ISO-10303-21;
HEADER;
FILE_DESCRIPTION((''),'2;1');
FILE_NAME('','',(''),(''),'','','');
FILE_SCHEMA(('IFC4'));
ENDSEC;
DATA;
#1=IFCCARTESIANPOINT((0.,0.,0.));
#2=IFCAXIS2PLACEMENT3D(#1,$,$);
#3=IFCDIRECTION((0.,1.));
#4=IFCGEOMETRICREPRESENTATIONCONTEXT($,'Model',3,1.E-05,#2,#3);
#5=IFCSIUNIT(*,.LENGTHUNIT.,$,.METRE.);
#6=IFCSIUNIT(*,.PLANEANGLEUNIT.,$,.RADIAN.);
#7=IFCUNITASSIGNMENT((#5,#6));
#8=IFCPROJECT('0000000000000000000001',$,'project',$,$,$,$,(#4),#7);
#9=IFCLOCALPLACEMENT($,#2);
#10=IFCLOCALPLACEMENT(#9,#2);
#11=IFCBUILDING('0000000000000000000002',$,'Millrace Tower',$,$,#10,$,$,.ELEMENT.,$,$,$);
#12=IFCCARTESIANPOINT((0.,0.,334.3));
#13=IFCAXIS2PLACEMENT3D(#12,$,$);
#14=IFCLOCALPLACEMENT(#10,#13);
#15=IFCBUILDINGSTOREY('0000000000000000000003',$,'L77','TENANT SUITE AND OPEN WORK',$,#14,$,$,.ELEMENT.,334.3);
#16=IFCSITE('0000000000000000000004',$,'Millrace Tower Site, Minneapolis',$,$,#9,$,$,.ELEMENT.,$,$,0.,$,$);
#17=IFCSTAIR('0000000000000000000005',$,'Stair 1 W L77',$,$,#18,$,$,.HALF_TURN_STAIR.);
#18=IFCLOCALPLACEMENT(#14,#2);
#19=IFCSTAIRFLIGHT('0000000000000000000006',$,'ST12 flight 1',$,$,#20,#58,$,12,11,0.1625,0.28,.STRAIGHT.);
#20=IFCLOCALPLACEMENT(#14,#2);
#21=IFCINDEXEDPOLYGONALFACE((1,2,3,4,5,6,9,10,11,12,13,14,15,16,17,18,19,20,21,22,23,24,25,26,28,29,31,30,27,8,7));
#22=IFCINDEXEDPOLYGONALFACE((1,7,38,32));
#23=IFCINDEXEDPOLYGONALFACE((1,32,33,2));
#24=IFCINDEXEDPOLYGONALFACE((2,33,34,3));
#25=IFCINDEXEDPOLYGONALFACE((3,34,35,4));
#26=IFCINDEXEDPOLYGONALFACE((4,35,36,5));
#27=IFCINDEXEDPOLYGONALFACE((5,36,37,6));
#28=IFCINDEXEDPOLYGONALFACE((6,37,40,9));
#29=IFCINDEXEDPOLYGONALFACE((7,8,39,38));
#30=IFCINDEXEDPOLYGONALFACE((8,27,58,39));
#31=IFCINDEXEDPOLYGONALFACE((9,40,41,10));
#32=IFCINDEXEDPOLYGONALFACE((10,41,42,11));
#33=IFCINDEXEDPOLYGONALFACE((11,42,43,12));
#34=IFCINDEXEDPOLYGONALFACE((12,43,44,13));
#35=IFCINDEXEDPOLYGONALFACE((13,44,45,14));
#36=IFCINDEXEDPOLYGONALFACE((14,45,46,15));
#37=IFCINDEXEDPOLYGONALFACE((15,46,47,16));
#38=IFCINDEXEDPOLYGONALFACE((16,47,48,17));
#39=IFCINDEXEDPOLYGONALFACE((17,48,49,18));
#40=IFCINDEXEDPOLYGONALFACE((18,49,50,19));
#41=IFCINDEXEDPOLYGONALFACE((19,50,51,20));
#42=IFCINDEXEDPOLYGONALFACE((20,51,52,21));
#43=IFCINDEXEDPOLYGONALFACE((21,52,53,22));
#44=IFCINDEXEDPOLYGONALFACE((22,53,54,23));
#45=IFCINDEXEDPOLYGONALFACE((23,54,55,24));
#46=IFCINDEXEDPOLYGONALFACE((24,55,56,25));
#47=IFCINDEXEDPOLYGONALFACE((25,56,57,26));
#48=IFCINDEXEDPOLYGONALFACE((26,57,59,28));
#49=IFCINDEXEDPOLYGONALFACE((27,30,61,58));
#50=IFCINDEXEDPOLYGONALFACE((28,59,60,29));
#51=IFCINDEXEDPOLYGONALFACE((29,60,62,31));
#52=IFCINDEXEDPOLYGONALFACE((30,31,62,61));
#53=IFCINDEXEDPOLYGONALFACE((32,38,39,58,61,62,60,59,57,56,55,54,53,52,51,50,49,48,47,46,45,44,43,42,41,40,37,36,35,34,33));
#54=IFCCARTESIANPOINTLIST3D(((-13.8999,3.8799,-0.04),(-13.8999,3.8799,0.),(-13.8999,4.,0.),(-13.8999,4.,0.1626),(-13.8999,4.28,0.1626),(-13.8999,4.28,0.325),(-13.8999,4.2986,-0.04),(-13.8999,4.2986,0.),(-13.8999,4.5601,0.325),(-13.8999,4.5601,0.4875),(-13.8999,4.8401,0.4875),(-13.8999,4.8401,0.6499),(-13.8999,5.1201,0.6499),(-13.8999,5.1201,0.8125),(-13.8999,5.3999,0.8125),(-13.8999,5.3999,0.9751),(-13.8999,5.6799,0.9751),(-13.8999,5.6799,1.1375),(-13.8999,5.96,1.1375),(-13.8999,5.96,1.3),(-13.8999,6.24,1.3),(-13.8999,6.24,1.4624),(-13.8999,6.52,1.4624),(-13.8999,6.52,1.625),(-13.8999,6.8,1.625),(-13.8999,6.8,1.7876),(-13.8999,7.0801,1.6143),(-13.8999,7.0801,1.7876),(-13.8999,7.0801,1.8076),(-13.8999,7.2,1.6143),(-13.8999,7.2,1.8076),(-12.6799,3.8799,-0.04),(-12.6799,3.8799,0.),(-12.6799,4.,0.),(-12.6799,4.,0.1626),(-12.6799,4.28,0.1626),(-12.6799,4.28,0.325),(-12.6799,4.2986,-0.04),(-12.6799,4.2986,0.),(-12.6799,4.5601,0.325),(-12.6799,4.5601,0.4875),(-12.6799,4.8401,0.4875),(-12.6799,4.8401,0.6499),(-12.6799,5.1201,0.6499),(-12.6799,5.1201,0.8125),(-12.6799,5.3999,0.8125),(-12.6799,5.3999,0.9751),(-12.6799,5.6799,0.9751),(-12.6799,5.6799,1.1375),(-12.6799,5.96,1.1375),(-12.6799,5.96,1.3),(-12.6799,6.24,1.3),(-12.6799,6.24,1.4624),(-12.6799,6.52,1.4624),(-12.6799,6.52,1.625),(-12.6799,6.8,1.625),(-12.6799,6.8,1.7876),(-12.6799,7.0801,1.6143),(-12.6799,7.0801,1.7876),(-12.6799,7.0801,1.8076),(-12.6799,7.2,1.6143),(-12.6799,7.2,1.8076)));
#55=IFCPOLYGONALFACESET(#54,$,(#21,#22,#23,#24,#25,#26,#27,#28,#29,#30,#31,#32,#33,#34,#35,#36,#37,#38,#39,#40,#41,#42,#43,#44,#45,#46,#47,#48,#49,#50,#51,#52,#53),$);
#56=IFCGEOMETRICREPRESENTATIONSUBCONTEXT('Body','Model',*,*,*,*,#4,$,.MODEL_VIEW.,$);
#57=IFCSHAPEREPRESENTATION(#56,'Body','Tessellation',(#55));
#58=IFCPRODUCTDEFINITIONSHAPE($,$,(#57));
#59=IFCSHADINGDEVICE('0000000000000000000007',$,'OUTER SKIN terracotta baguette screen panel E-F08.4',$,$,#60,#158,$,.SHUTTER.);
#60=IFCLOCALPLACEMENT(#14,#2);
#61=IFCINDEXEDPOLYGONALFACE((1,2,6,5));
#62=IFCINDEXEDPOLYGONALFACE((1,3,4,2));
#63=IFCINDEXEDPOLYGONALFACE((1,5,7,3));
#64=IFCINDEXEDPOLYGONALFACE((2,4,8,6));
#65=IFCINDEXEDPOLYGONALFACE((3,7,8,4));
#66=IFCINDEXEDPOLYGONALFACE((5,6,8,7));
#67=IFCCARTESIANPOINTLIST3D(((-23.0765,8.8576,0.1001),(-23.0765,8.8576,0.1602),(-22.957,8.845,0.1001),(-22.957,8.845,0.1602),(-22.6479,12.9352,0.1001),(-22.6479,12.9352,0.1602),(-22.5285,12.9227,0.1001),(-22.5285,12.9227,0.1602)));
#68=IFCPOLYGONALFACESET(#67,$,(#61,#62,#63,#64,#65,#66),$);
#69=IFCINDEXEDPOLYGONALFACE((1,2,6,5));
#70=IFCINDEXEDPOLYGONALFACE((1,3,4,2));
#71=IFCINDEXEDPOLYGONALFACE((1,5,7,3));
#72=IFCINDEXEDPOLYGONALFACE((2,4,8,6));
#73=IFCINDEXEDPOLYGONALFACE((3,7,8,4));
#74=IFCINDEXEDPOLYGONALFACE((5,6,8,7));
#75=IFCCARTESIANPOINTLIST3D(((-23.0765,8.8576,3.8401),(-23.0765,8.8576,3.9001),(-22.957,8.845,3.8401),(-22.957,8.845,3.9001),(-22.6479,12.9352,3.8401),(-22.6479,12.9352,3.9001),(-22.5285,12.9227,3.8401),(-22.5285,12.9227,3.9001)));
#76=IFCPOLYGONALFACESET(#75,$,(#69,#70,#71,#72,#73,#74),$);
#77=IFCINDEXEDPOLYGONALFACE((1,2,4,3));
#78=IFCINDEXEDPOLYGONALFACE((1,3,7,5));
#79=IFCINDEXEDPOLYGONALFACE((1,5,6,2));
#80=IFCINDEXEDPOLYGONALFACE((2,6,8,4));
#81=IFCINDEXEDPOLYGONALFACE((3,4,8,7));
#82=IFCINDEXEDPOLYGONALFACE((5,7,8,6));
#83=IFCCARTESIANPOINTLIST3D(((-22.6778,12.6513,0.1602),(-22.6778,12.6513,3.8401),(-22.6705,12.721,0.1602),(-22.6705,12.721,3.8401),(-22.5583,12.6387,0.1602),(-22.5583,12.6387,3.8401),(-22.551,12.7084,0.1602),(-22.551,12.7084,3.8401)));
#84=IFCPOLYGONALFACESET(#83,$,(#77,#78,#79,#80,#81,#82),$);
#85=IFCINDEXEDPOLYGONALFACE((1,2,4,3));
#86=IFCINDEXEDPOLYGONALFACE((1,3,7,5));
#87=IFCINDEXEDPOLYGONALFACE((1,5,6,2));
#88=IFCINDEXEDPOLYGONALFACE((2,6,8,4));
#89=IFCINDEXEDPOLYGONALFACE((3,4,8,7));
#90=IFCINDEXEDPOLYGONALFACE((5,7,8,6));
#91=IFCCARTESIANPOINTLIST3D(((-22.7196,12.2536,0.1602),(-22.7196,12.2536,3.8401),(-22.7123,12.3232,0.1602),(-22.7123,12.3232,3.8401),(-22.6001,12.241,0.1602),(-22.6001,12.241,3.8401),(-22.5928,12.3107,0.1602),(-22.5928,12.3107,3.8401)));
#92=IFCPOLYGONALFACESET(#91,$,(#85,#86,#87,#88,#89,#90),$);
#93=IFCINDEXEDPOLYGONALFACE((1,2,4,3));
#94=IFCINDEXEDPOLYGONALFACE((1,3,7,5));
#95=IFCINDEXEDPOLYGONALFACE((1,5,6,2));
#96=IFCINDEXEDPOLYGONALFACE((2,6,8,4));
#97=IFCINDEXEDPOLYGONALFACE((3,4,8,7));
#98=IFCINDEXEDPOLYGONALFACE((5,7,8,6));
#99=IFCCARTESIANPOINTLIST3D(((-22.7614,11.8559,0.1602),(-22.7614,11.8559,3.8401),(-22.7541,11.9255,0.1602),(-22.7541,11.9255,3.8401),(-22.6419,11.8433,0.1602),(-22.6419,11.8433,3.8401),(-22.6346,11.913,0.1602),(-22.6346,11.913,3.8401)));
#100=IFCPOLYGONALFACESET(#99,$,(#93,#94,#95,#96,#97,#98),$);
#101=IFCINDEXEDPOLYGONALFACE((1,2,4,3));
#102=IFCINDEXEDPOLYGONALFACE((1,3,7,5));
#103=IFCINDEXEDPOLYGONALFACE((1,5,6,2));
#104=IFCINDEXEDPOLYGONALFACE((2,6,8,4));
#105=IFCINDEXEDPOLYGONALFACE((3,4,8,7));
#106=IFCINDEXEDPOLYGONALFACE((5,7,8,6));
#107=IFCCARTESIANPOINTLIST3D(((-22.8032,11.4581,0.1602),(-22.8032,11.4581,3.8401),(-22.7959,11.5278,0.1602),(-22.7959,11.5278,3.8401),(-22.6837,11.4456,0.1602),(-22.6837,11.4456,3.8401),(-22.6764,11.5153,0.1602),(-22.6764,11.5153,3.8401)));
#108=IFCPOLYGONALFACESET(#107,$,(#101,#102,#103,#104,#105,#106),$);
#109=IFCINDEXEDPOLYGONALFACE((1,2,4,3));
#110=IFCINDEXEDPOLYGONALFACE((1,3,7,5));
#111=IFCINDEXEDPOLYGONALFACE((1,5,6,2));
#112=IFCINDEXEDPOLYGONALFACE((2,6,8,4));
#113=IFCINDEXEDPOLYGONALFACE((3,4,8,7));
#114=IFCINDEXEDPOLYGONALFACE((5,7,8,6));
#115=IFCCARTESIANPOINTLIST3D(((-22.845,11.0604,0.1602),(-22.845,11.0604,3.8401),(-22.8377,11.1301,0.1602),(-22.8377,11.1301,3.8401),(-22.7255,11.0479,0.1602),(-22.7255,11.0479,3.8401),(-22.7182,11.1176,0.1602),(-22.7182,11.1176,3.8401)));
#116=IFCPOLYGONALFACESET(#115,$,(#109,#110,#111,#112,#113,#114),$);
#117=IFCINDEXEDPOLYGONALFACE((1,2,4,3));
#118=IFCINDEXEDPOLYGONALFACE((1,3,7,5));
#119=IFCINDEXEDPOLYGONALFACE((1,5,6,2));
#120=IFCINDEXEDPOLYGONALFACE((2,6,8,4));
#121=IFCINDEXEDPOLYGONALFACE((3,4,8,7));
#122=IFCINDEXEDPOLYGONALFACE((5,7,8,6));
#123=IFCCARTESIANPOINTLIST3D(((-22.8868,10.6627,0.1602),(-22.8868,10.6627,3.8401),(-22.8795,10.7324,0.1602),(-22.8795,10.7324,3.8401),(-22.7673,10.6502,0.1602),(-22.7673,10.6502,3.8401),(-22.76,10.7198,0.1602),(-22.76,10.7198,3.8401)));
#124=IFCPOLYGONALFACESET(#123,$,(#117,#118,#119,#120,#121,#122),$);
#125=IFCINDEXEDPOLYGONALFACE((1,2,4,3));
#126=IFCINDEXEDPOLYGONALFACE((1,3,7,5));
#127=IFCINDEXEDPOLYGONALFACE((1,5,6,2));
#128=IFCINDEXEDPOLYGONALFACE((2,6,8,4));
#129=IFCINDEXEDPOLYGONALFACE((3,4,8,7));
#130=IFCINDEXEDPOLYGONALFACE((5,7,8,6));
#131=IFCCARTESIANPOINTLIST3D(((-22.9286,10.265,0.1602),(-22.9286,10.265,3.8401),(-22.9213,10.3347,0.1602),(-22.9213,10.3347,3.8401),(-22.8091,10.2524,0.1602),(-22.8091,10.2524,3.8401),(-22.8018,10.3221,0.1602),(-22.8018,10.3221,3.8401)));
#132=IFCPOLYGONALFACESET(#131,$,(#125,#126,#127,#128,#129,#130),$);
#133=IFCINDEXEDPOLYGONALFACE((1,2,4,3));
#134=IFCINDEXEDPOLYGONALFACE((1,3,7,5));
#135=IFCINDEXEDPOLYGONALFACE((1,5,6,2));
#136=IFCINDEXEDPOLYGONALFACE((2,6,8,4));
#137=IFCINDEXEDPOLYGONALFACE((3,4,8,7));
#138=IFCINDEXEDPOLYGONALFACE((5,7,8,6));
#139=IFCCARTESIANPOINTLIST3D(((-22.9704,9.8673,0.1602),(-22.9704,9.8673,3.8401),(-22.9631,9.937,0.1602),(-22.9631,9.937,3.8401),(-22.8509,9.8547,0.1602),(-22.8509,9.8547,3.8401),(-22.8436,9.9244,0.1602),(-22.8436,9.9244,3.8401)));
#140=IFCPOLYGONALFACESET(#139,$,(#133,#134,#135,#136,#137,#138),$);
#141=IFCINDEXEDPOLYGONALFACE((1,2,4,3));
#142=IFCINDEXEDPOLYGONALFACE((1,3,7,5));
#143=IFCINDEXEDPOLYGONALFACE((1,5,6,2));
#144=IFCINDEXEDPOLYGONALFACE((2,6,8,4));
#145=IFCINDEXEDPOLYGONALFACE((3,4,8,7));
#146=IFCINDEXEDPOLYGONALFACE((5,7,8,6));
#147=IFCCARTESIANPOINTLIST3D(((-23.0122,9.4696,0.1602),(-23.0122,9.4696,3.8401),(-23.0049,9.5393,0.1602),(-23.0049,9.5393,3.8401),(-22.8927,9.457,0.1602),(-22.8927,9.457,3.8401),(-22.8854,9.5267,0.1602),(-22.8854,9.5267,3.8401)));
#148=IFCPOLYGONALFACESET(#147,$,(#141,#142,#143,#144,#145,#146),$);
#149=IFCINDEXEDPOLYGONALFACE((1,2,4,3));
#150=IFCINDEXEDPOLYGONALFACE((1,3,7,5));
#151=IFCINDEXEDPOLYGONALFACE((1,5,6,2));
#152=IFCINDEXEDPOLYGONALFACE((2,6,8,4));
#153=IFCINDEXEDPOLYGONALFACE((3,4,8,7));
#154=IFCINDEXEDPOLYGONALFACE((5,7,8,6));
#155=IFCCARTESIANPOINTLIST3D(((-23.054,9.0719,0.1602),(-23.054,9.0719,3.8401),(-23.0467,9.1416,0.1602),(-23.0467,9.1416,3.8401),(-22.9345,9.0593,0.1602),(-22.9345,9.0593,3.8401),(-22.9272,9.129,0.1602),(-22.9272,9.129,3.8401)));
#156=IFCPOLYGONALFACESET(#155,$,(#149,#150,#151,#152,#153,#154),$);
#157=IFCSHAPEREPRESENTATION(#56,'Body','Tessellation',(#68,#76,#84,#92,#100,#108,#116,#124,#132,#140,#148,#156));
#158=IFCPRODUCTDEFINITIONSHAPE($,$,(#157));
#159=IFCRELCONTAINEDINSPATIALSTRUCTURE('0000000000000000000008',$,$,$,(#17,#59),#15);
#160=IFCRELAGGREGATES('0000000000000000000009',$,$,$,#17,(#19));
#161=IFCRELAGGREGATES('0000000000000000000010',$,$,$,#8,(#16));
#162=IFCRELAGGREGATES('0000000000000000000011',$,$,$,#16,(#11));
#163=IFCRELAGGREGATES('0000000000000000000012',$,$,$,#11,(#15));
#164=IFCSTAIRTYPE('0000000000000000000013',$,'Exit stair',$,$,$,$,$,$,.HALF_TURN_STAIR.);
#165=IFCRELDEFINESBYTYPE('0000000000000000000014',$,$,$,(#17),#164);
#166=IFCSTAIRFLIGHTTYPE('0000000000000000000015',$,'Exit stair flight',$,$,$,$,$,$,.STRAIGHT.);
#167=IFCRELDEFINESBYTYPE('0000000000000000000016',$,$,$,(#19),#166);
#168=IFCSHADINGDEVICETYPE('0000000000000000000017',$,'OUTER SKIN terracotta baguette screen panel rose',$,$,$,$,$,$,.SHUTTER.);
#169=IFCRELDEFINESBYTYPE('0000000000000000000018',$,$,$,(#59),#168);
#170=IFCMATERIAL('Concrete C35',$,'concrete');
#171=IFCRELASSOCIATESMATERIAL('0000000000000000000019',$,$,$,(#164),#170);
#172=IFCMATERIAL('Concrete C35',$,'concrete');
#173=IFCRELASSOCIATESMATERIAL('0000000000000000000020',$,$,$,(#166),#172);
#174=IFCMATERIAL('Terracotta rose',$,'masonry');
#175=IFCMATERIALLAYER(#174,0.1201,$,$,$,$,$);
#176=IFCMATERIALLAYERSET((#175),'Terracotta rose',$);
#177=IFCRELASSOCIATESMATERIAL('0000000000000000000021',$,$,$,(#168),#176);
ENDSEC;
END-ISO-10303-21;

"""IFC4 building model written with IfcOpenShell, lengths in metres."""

from ifc_helpers import new_model, entity, si_unit, direction, frame, frame_2d, origin, place, context, subcontext, project, spatial, polyline, rectangle, outline, extrude, source, transform, mapped, material, layer, layer_set, type_object, element, aggregate, save


model = new_model("IFC4")

# Units and contexts
model_context = context("Model", 3, precision=1e-05, world=origin(), true_north=direction((0.0, 1.0)))
body_context = subcontext(model_context, "Body", "Model", "MODEL_VIEW")
ifc_project = project(units=[si_unit("LENGTHUNIT", "METRE"), si_unit("PLANEANGLEUNIT", "RADIAN")], contexts=[model_context])

# Site, building, storey
site_placement = place(None, origin())
site = spatial("IfcSite", under=ifc_project, at=site_placement, Name="Millrace Tower Site, Minneapolis", CompositionType="ELEMENT", RefElevation=0.0)
building_placement = place(site_placement, origin())
building = spatial("IfcBuilding", under=site, at=building_placement, Name="Millrace Tower", CompositionType="ELEMENT")
storey_placement = place(building_placement, frame((0.0, 0.0, 334.3)))
storey = spatial("IfcBuildingStorey", under=building, at=storey_placement, Name="L77", Description="TENANT SUITE AND OPEN WORK", CompositionType="ELEMENT", Elevation=334.3)

# Shared definitions
placement = place(storey_placement, origin())

# Stair, stair flight
ifc_material_1 = material(Name="Concrete C35", Category="concrete")
stair_type = type_object("IfcStairType", Name="Exit stair", PredefinedType="HALF_TURN_STAIR", material=ifc_material_1)
stair = element("IfcStair", 1, at=placement, inside=storey, type_object=stair_type, Name="Stair 1 W L77", PredefinedType="HALF_TURN_STAIR")
ifc_material_2 = material(Name="Concrete C35", Category="concrete")
stair_flight_type = type_object("IfcStairFlightType", Name="Exit stair flight", PredefinedType="STRAIGHT", material=ifc_material_2)
stair_flight_placement = place(storey_placement, frame((-13.29, 4.0, 0.0), z_axis=(0.0, 0.0, 1.0), x_axis=(0.0, 1.0, 0.0)))
stair_flight = element("IfcStairFlight", 2, at=stair_flight_placement, type_object=stair_flight_type, Name="ST12 flight 1", NumberOfRisers=12, NumberOfTreads=11, PredefinedType="STRAIGHT", RiserHeight=0.1625, TreadLength=0.28, context=body_context, shape_type="SweptSolid", body=[
    extrude(outline(polyline([(-0.1201, -0.04), (-0.1201, 0.0), (0.0, 0.0), (0.0, 0.1626), (0.28, 0.1626), (0.28, 0.325), (0.5601, 0.325), (0.5601, 0.4875), (0.8401, 0.4875), (0.8401, 0.6499), (1.1201, 0.6499), (1.1201, 0.8125), (1.3999, 0.8125), (1.3999, 0.9751), (1.6799, 0.9751), (1.6799, 1.1375), (1.96, 1.1375), (1.96, 1.3), (2.24, 1.3), (2.24, 1.4624), (2.52, 1.4624), (2.52, 1.625), (2.8, 1.625), (2.8, 1.7876), (3.0801, 1.7876), (3.0801, 1.8076), (3.2, 1.8076), (3.2, 1.6143), (3.0801, 1.6143), (0.2986, 0.0), (0.2986, -0.04), (-0.1201, -0.04)])), frame((0.0, 0.6099, 0.0), z_axis=(0.0, -1.0, 0.0), x_axis=(1.0, 0.0, 0.0)), (0.0, 0.0, 1.0), 1.22),
])
aggregate(stair, [stair_flight])

# Shading device
ifc_material_3 = material(Name="Terracotta rose", Category="masonry")
ifc_layer_1 = layer(ifc_material_3, 0.1201)
ifc_layer_set_1 = layer_set([ifc_layer_1], Name="Terracotta rose")
shading_device_type = type_object("IfcShadingDeviceType", Name="OUTER SKIN terracotta baguette screen panel rose", PredefinedType="SHUTTER", material=ifc_layer_set_1)
cartesian_point = entity("IfcCartesianPoint", [-2.05, 0.0601])
shared_polyline = entity("IfcPolyline", [cartesian_point, entity("IfcCartesianPoint", [2.05, 0.0601]), entity("IfcCartesianPoint", [2.05, -0.0601]), entity("IfcCartesianPoint", [-2.05, -0.0601]), cartesian_point])
shared_shape = source(origin(), body_context, "Body", "SweptSolid", [
    entity("IfcExtrudedAreaSolid", entity("IfcArbitraryClosedProfileDef", "AREA", None, shared_polyline), entity("IfcAxis2Placement3D", entity("IfcCartesianPoint", [0.0, 0.0, 0.0])), entity("IfcDirection", [0.0, 0.0, 1.0]), 0.0601),
    entity("IfcExtrudedAreaSolid", entity("IfcArbitraryClosedProfileDef", "AREA", None, shared_polyline), entity("IfcAxis2Placement3D", entity("IfcCartesianPoint", [0.0, 0.0, 3.74])), entity("IfcDirection", [0.0, 0.0, 1.0]), 0.0601),
    extrude(rectangle(XDim=0.0701, YDim=0.1201, at=frame_2d((-1.7996, 0.0))), frame((0.0, 0.0, 0.0601)), (0.0, 0.0, 1.0), 3.6799),
    extrude(rectangle(XDim=0.0701, YDim=0.1201, at=frame_2d((-1.3997, 0.0))), frame((0.0, 0.0, 0.0601)), (0.0, 0.0, 1.0), 3.6799),
    extrude(rectangle(XDim=0.0701, YDim=0.1201, at=frame_2d((-0.9998, 0.0))), frame((0.0, 0.0, 0.0601)), (0.0, 0.0, 1.0), 3.6799),
    extrude(rectangle(XDim=0.0701, YDim=0.1201, at=frame_2d((-0.5999, 0.0))), frame((0.0, 0.0, 0.0601)), (0.0, 0.0, 1.0), 3.6799),
    extrude(rectangle(XDim=0.0701, YDim=0.1201, at=frame_2d((-0.2, 0.0))), frame((0.0, 0.0, 0.0601)), (0.0, 0.0, 1.0), 3.6799),
    extrude(rectangle(XDim=0.0701, YDim=0.1201, at=frame_2d((0.2, 0.0))), frame((0.0, 0.0, 0.0601)), (0.0, 0.0, 1.0), 3.6799),
    extrude(rectangle(XDim=0.0701, YDim=0.1201, at=frame_2d((0.5999, 0.0))), frame((0.0, 0.0, 0.0601)), (0.0, 0.0, 1.0), 3.6799),
    extrude(rectangle(XDim=0.0701, YDim=0.1201, at=frame_2d((0.9998, 0.0))), frame((0.0, 0.0, 0.0601)), (0.0, 0.0, 1.0), 3.6799),
    extrude(rectangle(XDim=0.0701, YDim=0.1201, at=frame_2d((1.3997, 0.0))), frame((0.0, 0.0, 0.0601)), (0.0, 0.0, 1.0), 3.6799),
    extrude(rectangle(XDim=0.0701, YDim=0.1201, at=frame_2d((1.7996, 0.0))), frame((0.0, 0.0, 0.0601)), (0.0, 0.0, 1.0), 3.6799),
])
for number, where, z_axis, x_axis, name in (
    (3, (-22.8025, 10.8901, 0.1001), (0.0, 0.0, 1.0), (-0.104528, -0.994522, 0.0), "OUTER SKIN terracotta baguette screen panel E-F08.4"),
):
    element("IfcShadingDevice", number, at=place(storey_placement, frame(where, z_axis=z_axis, x_axis=x_axis)), inside=storey, type_object=shading_device_type, Name=name, PredefinedType="SHUTTER", context=body_context, shape_type="MappedRepresentation", body=[
        mapped(shared_shape, transform((0.0, 0.0, 0.0), scale=1.0)),
    ])

save(model, "model.ifc")
